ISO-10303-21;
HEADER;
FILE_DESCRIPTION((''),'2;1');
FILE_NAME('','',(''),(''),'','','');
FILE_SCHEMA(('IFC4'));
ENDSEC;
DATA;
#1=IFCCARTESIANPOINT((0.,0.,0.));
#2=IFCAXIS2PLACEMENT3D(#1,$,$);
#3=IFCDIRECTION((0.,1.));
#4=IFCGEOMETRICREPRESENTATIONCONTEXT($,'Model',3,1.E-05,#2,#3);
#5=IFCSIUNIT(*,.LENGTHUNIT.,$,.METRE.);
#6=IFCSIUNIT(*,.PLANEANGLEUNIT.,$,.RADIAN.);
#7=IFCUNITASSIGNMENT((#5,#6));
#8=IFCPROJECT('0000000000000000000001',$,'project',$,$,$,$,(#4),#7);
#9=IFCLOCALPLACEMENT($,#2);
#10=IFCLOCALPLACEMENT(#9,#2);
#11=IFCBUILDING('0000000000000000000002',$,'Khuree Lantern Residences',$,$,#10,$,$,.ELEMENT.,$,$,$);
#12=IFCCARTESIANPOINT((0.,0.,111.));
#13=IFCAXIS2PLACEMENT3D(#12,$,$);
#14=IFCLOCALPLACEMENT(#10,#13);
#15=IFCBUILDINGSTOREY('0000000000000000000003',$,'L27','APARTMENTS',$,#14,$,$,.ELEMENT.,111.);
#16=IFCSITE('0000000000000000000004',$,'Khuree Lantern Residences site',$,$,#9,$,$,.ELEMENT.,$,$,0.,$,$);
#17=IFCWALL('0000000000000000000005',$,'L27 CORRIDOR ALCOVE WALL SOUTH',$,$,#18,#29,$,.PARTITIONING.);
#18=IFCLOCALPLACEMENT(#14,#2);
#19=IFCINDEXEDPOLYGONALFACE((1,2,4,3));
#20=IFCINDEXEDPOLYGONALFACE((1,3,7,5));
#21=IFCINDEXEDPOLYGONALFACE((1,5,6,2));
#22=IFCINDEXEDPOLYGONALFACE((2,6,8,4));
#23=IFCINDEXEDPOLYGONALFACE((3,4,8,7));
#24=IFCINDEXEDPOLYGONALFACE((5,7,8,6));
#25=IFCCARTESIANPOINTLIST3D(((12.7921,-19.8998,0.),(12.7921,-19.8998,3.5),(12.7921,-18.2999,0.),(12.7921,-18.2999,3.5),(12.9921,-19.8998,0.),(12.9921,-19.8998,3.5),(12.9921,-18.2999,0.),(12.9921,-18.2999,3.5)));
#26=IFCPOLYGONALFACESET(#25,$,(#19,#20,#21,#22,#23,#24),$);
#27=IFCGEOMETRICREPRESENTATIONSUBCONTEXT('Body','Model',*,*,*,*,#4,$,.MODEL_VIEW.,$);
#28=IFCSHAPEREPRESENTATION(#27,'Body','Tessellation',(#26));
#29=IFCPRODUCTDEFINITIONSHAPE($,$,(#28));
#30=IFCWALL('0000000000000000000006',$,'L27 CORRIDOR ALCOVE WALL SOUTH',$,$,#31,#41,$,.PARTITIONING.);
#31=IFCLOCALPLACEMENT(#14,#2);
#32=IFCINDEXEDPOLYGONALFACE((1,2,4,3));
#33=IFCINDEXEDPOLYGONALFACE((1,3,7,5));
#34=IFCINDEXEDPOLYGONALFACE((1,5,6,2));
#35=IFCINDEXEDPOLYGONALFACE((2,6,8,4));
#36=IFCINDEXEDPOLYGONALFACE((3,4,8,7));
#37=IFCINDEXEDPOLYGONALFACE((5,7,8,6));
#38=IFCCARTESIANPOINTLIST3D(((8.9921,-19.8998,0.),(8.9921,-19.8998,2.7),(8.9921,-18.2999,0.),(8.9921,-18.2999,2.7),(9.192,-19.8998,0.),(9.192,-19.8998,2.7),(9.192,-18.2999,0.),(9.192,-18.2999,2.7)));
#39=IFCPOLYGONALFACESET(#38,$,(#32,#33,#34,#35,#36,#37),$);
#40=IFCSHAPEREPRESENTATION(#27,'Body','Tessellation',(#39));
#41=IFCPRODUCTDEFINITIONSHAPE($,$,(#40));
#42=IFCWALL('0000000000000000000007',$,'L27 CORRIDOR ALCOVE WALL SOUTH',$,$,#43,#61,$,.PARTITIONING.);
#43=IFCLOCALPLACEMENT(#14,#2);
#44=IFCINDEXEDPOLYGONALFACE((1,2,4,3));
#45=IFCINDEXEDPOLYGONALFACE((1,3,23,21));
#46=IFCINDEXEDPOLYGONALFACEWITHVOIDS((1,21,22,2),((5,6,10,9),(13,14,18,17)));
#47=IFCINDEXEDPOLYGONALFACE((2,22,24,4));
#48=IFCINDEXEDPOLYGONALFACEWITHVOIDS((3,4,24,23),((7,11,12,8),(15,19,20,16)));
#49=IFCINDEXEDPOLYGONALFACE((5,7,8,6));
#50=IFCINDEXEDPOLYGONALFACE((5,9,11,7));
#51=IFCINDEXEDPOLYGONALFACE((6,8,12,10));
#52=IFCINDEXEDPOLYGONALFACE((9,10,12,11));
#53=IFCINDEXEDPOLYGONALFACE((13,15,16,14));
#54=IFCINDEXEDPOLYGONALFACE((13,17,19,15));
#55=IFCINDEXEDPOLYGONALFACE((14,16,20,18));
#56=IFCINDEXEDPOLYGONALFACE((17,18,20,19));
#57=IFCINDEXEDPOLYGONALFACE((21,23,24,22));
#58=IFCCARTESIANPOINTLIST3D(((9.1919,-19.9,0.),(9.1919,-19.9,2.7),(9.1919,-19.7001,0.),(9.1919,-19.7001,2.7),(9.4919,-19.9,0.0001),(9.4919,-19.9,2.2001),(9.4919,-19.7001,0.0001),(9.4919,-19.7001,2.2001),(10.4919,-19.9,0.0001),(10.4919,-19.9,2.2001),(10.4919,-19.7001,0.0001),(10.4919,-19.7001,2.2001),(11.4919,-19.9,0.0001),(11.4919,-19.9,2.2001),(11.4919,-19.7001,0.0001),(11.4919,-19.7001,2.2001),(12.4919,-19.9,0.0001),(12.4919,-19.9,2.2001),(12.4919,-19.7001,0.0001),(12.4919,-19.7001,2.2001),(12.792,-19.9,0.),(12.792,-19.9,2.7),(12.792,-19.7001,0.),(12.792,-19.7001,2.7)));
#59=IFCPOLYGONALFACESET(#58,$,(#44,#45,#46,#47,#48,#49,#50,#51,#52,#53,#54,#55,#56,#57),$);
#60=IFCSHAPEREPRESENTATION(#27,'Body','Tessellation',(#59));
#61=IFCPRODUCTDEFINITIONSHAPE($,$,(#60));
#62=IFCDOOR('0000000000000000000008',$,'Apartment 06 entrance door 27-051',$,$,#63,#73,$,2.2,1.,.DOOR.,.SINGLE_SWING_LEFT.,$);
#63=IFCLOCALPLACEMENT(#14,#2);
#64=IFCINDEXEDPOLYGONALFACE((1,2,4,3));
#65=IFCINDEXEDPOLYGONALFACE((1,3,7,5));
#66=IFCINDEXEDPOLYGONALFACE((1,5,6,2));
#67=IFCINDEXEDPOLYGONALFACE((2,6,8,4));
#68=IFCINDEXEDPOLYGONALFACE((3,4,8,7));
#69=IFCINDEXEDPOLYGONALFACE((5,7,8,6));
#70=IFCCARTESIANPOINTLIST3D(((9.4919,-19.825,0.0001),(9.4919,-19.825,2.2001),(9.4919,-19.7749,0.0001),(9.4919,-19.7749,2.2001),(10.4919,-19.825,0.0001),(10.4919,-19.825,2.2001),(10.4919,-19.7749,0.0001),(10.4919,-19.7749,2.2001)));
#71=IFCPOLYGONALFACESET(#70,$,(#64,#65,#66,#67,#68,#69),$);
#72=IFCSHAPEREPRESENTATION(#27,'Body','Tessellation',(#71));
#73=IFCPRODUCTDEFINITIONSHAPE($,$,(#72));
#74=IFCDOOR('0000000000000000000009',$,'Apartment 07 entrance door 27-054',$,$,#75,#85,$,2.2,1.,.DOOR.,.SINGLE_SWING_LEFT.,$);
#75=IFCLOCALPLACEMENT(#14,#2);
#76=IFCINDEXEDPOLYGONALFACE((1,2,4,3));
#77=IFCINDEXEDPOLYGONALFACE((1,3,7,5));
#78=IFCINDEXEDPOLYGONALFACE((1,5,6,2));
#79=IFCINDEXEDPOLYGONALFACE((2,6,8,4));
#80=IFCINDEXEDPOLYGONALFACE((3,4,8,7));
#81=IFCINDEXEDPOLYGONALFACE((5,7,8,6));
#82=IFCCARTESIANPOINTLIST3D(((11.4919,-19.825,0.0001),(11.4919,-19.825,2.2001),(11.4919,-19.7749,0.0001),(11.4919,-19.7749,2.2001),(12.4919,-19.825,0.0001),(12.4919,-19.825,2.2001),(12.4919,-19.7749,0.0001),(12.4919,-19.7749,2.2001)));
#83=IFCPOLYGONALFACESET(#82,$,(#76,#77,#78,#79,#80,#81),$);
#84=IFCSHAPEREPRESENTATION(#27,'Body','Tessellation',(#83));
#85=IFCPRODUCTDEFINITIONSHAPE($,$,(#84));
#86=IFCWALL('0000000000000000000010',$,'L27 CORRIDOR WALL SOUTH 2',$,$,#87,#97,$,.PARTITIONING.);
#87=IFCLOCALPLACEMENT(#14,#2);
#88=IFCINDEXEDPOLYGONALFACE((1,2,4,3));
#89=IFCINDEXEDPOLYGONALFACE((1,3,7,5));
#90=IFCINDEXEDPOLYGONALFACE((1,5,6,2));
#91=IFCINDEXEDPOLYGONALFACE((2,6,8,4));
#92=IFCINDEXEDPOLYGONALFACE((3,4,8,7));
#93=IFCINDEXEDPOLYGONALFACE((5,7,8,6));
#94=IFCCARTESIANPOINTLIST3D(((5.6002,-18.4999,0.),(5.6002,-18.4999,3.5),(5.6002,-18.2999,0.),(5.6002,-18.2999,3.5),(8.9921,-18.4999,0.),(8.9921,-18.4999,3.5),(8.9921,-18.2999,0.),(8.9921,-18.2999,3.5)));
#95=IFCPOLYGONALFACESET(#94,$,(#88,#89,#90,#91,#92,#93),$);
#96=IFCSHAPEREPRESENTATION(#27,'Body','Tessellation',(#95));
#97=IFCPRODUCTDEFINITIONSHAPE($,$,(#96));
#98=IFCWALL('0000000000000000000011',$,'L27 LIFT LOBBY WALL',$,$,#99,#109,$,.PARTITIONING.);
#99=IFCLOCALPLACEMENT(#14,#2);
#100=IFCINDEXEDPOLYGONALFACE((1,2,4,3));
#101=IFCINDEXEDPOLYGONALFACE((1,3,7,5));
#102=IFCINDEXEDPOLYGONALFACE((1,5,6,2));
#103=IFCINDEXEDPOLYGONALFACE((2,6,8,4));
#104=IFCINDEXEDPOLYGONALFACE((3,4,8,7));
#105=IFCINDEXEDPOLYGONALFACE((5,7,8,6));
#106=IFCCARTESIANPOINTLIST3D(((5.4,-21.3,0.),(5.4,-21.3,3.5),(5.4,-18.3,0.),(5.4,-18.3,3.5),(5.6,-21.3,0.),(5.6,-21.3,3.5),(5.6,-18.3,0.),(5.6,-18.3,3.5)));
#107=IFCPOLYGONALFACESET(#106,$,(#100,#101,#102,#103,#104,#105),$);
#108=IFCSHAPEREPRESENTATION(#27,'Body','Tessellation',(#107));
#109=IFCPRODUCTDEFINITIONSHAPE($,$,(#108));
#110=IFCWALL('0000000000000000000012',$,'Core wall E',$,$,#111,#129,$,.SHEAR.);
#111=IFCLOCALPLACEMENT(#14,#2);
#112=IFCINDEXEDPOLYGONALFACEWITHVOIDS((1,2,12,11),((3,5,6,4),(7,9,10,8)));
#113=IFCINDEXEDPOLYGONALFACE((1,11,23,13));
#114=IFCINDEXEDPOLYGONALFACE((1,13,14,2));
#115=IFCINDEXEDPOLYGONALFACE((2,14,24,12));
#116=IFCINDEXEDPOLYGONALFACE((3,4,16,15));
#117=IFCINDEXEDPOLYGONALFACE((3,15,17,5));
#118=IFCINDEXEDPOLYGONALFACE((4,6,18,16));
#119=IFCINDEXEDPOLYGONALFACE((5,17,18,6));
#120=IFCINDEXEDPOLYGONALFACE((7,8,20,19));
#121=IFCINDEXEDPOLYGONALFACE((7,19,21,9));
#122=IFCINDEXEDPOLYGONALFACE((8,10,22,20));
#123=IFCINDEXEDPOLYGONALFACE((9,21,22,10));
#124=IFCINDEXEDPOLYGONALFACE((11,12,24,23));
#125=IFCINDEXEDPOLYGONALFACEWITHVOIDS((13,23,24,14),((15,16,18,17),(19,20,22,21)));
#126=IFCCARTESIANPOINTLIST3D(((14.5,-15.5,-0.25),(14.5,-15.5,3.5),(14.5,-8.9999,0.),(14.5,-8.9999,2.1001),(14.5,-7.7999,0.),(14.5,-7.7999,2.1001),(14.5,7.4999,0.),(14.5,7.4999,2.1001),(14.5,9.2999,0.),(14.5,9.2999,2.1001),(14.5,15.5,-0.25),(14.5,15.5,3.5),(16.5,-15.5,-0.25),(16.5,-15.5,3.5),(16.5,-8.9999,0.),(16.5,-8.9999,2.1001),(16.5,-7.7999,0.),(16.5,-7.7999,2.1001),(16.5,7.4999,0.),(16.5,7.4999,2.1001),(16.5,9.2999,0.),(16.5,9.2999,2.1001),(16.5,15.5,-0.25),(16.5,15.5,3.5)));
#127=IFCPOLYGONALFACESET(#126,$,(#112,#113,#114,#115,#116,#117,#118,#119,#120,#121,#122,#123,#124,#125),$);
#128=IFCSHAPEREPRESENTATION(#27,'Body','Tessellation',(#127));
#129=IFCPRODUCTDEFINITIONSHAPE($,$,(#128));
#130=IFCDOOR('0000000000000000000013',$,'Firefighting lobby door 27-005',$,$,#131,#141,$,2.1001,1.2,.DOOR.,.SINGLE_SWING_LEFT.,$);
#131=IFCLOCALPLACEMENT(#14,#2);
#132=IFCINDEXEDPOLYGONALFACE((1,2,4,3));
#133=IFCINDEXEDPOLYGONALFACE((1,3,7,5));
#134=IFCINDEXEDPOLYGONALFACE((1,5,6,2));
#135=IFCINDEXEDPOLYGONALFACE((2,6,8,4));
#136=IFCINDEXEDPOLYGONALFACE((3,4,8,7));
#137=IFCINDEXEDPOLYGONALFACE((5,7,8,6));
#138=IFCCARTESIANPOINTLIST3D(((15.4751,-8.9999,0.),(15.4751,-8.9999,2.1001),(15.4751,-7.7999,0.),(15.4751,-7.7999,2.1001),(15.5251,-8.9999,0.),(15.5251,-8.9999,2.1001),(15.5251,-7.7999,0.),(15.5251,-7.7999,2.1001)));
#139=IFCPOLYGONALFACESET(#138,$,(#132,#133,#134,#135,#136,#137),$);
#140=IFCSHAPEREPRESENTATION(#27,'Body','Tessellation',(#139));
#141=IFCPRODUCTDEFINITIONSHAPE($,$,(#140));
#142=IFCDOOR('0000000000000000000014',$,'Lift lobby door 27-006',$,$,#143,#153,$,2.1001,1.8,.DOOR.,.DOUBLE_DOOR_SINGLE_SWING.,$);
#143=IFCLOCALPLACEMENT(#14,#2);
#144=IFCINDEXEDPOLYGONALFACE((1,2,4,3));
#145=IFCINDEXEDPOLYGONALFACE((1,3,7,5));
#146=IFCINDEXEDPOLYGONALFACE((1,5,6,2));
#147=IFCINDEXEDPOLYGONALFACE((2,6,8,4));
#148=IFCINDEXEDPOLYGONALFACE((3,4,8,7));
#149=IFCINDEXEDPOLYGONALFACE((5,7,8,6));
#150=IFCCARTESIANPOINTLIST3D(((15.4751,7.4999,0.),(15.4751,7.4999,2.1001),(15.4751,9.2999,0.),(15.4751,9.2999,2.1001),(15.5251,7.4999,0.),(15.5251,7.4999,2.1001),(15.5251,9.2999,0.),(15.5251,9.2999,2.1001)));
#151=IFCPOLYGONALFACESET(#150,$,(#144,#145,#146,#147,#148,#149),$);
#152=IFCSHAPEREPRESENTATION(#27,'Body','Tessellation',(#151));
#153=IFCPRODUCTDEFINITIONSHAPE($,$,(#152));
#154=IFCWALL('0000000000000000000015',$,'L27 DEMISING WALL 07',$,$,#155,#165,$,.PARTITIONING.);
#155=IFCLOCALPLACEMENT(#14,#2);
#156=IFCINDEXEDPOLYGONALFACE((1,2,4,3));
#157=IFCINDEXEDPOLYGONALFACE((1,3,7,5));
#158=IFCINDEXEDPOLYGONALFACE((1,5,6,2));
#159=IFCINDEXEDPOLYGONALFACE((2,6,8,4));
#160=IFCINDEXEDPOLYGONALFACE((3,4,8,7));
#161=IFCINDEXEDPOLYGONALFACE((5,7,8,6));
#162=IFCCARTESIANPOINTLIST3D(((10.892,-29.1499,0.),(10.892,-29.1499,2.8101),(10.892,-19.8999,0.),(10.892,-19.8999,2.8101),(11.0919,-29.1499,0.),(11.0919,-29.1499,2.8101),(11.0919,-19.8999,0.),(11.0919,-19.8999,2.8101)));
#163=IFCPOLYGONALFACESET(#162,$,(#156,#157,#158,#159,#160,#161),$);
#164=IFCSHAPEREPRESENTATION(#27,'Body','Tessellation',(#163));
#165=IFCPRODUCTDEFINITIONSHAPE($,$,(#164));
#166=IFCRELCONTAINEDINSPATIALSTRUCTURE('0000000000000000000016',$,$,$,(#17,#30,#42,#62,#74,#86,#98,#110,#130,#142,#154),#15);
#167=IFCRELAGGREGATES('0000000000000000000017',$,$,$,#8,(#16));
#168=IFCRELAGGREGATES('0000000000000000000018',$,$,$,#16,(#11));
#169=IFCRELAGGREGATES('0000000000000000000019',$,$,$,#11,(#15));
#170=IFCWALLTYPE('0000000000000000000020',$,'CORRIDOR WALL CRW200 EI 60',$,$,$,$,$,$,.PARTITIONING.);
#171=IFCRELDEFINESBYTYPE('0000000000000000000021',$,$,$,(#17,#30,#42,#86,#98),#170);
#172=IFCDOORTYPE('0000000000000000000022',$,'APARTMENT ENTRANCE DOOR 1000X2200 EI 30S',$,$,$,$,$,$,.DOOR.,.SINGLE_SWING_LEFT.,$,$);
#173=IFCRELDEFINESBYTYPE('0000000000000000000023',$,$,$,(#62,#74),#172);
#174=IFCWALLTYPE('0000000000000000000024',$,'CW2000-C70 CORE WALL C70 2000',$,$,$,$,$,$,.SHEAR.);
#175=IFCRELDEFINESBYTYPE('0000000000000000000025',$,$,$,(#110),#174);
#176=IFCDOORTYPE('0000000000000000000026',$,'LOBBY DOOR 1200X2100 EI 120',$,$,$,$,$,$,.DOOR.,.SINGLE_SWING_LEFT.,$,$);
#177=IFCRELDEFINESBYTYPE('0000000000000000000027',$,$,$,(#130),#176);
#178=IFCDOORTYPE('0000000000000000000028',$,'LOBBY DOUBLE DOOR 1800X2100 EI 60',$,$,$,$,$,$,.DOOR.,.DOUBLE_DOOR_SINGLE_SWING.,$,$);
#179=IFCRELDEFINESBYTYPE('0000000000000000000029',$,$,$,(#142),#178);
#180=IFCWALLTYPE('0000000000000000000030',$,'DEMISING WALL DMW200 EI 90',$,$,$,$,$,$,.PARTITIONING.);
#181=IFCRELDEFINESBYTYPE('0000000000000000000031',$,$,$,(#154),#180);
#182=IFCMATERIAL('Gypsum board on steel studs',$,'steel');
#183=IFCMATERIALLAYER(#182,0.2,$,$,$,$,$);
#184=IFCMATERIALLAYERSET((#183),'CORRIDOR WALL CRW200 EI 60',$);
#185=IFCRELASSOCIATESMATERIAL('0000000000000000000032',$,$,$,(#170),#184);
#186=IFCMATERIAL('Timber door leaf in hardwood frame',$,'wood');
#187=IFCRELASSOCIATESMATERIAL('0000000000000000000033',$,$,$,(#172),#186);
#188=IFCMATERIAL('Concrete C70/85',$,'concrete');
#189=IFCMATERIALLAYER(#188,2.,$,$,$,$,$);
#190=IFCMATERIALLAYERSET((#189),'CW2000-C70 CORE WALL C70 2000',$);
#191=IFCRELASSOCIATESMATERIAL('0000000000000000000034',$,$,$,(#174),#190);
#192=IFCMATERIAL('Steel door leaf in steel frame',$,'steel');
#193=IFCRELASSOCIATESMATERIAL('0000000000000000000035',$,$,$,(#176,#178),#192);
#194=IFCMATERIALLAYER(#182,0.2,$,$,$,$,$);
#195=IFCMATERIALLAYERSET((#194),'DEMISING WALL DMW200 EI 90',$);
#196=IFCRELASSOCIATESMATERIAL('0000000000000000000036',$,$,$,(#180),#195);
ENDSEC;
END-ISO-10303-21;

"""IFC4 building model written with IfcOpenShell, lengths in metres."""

from ifc_helpers import new_model, si_unit, direction, frame, frame_2d, origin, place, context, subcontext, project, spatial, rectangle, extrude, material, layer, layer_set, type_object, element, fill, save


model = new_model("IFC4")

# Units and contexts
model_context = context("Model", 3, precision=1e-05, world=origin(), true_north=direction((0.0, 1.0)))
body_context = subcontext(model_context, "Body", "Model", "MODEL_VIEW")
ifc_project = project(units=[si_unit("LENGTHUNIT", "METRE"), si_unit("PLANEANGLEUNIT", "RADIAN")], contexts=[model_context])

# Site, building, storey
site_placement = place(None, origin())
site = spatial("IfcSite", under=ifc_project, at=site_placement, Name="Khuree Lantern Residences site", CompositionType="ELEMENT", RefElevation=0.0)
building_placement = place(site_placement, origin())
building = spatial("IfcBuilding", under=site, at=building_placement, Name="Khuree Lantern Residences", CompositionType="ELEMENT")
storey_placement = place(building_placement, frame((0.0, 0.0, 111.0)))
storey = spatial("IfcBuildingStorey", under=building, at=storey_placement, Name="L27", Description="APARTMENTS", CompositionType="ELEMENT", Elevation=111.0)

# Shared definitions
ifc_material_1 = material(Name="Concrete C70/85", Category="concrete")

# Shared definitions
ifc_material_2 = material(Name="Timber door leaf in hardwood frame", Category="wood")

# Walls
ifc_material_3 = material(Name="Gypsum board on steel studs", Category="steel")
ifc_layer_1 = layer(ifc_material_3, 0.2)
ifc_layer_set_1 = layer_set([ifc_layer_1], Name="CORRIDOR WALL CRW200 EI 60")
wall_type_1 = type_object("IfcWallType", Name="CORRIDOR WALL CRW200 EI 60", PredefinedType="PARTITIONING", material=ifc_layer_set_1)
wall_1_placement = place(storey_placement, frame((12.8921, -18.3, 0.0), z_axis=(0.0, 0.0, 1.0), x_axis=(0.0, -1.0, 0.0)))
element("IfcWall", 1, at=wall_1_placement, inside=storey, type_object=wall_type_1, Name="L27 CORRIDOR ALCOVE WALL SOUTH", PredefinedType="PARTITIONING", context=body_context, shape_type="SweptSolid", body=[
    extrude(rectangle(XDim=1.5999, YDim=0.2, at=frame_2d((0.7998, 0.0))), origin(), (0.0, 0.0, 1.0), 3.5),
])
wall_2_placement = place(storey_placement, frame((9.092, -18.3, 0.0), z_axis=(0.0, 0.0, 1.0), x_axis=(0.0, -1.0, 0.0)))
element("IfcWall", 2, at=wall_2_placement, inside=storey, type_object=wall_type_1, Name="L27 CORRIDOR ALCOVE WALL SOUTH", PredefinedType="PARTITIONING", context=body_context, shape_type="SweptSolid", body=[
    extrude(rectangle(XDim=1.5999, YDim=0.2, at=frame_2d((0.7998, 0.0))), origin(), (0.0, 0.0, 1.0), 2.7),
])

# Wall, openings, doors
wall_3_placement = place(storey_placement, frame((12.792, -19.8, 0.0), z_axis=(0.0, 0.0, 1.0), x_axis=(-1.0, 0.0, 0.0)))
wall_3 = element("IfcWall", 3, at=wall_3_placement, inside=storey, type_object=wall_type_1, Name="L27 CORRIDOR ALCOVE WALL SOUTH", PredefinedType="PARTITIONING", context=body_context, shape_type="SweptSolid", body=[
    extrude(rectangle(XDim=3.6001, YDim=0.2, at=frame_2d((1.8, 0.0))), origin(), (0.0, 0.0, 1.0), 2.7),
])
opening_1_placement = place(wall_3_placement, frame((2.3, 0.0, 0.0)))
opening_1 = element("IfcOpeningElement", 4, at=opening_1_placement, cuts=wall_3, PredefinedType="OPENING", context=body_context, shape_type="SweptSolid", body=[
    extrude(rectangle(XDim=1.0, YDim=2.2, at=frame_2d((0.5, 1.1001))), frame((0.0, 0.1099, 0.0), z_axis=(0.0, -1.0, 0.0), x_axis=(1.0, 0.0, 0.0)), (0.0, 0.0, 1.0), 0.22),
])
opening_2_placement = place(wall_3_placement, frame((0.3, 0.0, 0.0)))
opening_2 = element("IfcOpeningElement", 5, at=opening_2_placement, cuts=wall_3, PredefinedType="OPENING", context=body_context, shape_type="SweptSolid", body=[
    extrude(rectangle(XDim=1.0, YDim=2.2, at=frame_2d((0.5, 1.1001))), frame((0.0, 0.1099, 0.0), z_axis=(0.0, -1.0, 0.0), x_axis=(1.0, 0.0, 0.0)), (0.0, 0.0, 1.0), 0.22),
])
door_type_1 = type_object("IfcDoorType", Name="APARTMENT ENTRANCE DOOR 1000X2200 EI 30S", OperationType="SINGLE_SWING_LEFT", PredefinedType="DOOR", material=ifc_material_2)
door_1_placement = place(opening_1_placement, origin())
door_1 = element("IfcDoor", 6, at=door_1_placement, inside=storey, type_object=door_type_1, Name="Apartment 06 entrance door 27-051", OperationType="SINGLE_SWING_LEFT", OverallHeight=2.2, OverallWidth=1.0, PredefinedType="DOOR", context=body_context, shape_type="SweptSolid", body=[
    extrude(rectangle(XDim=1.0, YDim=2.2, at=frame_2d((0.5, 1.1001))), frame((0.0, 0.0249, 0.0), z_axis=(0.0, -1.0, 0.0), x_axis=(1.0, 0.0, 0.0)), (0.0, 0.0, 1.0), 0.05),
])
fill(opening_1, door_1)
door_2_placement = place(opening_2_placement, origin())
door_2 = element("IfcDoor", 7, at=door_2_placement, inside=storey, type_object=door_type_1, Name="Apartment 07 entrance door 27-054", OperationType="SINGLE_SWING_LEFT", OverallHeight=2.2, OverallWidth=1.0, PredefinedType="DOOR", context=body_context, shape_type="SweptSolid", body=[
    extrude(rectangle(XDim=1.0, YDim=2.2, at=frame_2d((0.5, 1.1001))), frame((0.0, 0.0249, 0.0), z_axis=(0.0, -1.0, 0.0), x_axis=(1.0, 0.0, 0.0)), (0.0, 0.0, 1.0), 0.05),
])
fill(opening_2, door_2)

# Walls
wall_4_placement = place(storey_placement, frame((8.9919, -18.3999, 0.0), z_axis=(0.0, 0.0, 1.0), x_axis=(-1.0, 0.0, 0.0)))
element("IfcWall", 8, at=wall_4_placement, inside=storey, type_object=wall_type_1, Name="L27 CORRIDOR WALL SOUTH 2", PredefinedType="PARTITIONING", context=body_context, shape_type="SweptSolid", body=[
    extrude(rectangle(XDim=3.3918, YDim=0.2, at=frame_2d((1.6958, 0.0))), origin(), (0.0, 0.0, 1.0), 3.5),
])
wall_5_placement = place(storey_placement, frame((5.5, -18.3, 0.0), z_axis=(0.0, 0.0, 1.0), x_axis=(0.0, -1.0, 0.0)))
element("IfcWall", 9, at=wall_5_placement, inside=storey, type_object=wall_type_1, Name="L27 LIFT LOBBY WALL", PredefinedType="PARTITIONING", context=body_context, shape_type="SweptSolid", body=[
    extrude(rectangle(XDim=3.0, YDim=0.2, at=frame_2d((1.5, 0.0))), origin(), (0.0, 0.0, 1.0), 3.5),
])

# Wall, openings, doors
ifc_layer_2 = layer(ifc_material_1, 2.0)
ifc_layer_set_2 = layer_set([ifc_layer_2], Name="CW2000-C70 CORE WALL C70 2000")
wall_type_2 = type_object("IfcWallType", Name="CW2000-C70 CORE WALL C70 2000", PredefinedType="SHEAR", material=ifc_layer_set_2)
wall_6_placement = place(storey_placement, frame((15.5, -15.5, -0.25), z_axis=(0.0, 0.0, 1.0), x_axis=(0.0, 1.0, 0.0)))
wall_6 = element("IfcWall", 10, at=wall_6_placement, inside=storey, type_object=wall_type_2, Name="Core wall E", PredefinedType="SHEAR", context=body_context, shape_type="SweptSolid", body=[
    extrude(rectangle(XDim=31.0, YDim=2.0, at=frame_2d((15.5, 0.0))), origin(), (0.0, 0.0, 1.0), 3.75),
])
opening_3_placement = place(wall_6_placement, frame((6.5, 0.0, 0.25)))
opening_3 = element("IfcOpeningElement", 11, at=opening_3_placement, cuts=wall_6, PredefinedType="OPENING", context=body_context, shape_type="SweptSolid", body=[
    extrude(rectangle(XDim=1.2, YDim=2.1001, at=frame_2d((0.6001, 1.05))), frame((0.0, 1.01, 0.0), z_axis=(0.0, -1.0, 0.0), x_axis=(1.0, 0.0, 0.0)), (0.0, 0.0, 1.0), 2.02),
])
opening_4_placement = place(wall_6_placement, frame((23.0, 0.0, 0.25)))
opening_4 = element("IfcOpeningElement", 12, at=opening_4_placement, cuts=wall_6, PredefinedType="OPENING", context=body_context, shape_type="SweptSolid", body=[
    extrude(rectangle(XDim=1.8, YDim=2.1001, at=frame_2d((0.8999, 1.05))), frame((0.0, 1.01, 0.0), z_axis=(0.0, -1.0, 0.0), x_axis=(1.0, 0.0, 0.0)), (0.0, 0.0, 1.0), 2.02),
])
ifc_material_4 = material(Name="Steel door leaf in steel frame", Category="steel")
door_type_2 = type_object("IfcDoorType", Name="LOBBY DOOR 1200X2100 EI 120", OperationType="SINGLE_SWING_LEFT", PredefinedType="DOOR", material=ifc_material_4)
door_3_placement = place(opening_3_placement, origin())
door_3 = element("IfcDoor", 13, at=door_3_placement, inside=storey, type_object=door_type_2, Name="Firefighting lobby door 27-005", OperationType="SINGLE_SWING_LEFT", OverallHeight=2.1001, OverallWidth=1.2, PredefinedType="DOOR", context=body_context, shape_type="SweptSolid", body=[
    extrude(rectangle(XDim=1.2, YDim=2.1001, at=frame_2d((0.6001, 1.05))), frame((0.0, 0.0249, 0.0), z_axis=(0.0, -1.0, 0.0), x_axis=(1.0, 0.0, 0.0)), (0.0, 0.0, 1.0), 0.05),
])
fill(opening_3, door_3)
door_type_3 = type_object("IfcDoorType", Name="LOBBY DOUBLE DOOR 1800X2100 EI 60", OperationType="DOUBLE_DOOR_SINGLE_SWING", PredefinedType="DOOR", material=ifc_material_4)
door_4_placement = place(opening_4_placement, origin())
door_4 = element("IfcDoor", 14, at=door_4_placement, inside=storey, type_object=door_type_3, Name="Lift lobby door 27-006", OperationType="DOUBLE_DOOR_SINGLE_SWING", OverallHeight=2.1001, OverallWidth=1.8, PredefinedType="DOOR", context=body_context, shape_type="SweptSolid", body=[
    extrude(rectangle(XDim=1.8, YDim=2.1001, at=frame_2d((0.8999, 1.05))), frame((0.0, 0.0249, 0.0), z_axis=(0.0, -1.0, 0.0), x_axis=(1.0, 0.0, 0.0)), (0.0, 0.0, 1.0), 0.05),
])
fill(opening_4, door_4)

# Wall
ifc_layer_3 = layer(ifc_material_3, 0.2)
ifc_layer_set_3 = layer_set([ifc_layer_3], Name="DEMISING WALL DMW200 EI 90")
wall_type_3 = type_object("IfcWallType", Name="DEMISING WALL DMW200 EI 90", PredefinedType="PARTITIONING", material=ifc_layer_set_3)
wall_7_placement = place(storey_placement, frame((10.9919, -19.8999, 0.0), z_axis=(0.0, 0.0, 1.0), x_axis=(0.0, -1.0, 0.0)))
element("IfcWall", 15, at=wall_7_placement, inside=storey, type_object=wall_type_3, Name="L27 DEMISING WALL 07", PredefinedType="PARTITIONING", context=body_context, shape_type="SweptSolid", body=[
    extrude(rectangle(XDim=9.25, YDim=0.2, at=frame_2d((4.625, 0.0))), origin(), (0.0, 0.0, 1.0), 2.8101),
])

save(model, "model.ifc")
